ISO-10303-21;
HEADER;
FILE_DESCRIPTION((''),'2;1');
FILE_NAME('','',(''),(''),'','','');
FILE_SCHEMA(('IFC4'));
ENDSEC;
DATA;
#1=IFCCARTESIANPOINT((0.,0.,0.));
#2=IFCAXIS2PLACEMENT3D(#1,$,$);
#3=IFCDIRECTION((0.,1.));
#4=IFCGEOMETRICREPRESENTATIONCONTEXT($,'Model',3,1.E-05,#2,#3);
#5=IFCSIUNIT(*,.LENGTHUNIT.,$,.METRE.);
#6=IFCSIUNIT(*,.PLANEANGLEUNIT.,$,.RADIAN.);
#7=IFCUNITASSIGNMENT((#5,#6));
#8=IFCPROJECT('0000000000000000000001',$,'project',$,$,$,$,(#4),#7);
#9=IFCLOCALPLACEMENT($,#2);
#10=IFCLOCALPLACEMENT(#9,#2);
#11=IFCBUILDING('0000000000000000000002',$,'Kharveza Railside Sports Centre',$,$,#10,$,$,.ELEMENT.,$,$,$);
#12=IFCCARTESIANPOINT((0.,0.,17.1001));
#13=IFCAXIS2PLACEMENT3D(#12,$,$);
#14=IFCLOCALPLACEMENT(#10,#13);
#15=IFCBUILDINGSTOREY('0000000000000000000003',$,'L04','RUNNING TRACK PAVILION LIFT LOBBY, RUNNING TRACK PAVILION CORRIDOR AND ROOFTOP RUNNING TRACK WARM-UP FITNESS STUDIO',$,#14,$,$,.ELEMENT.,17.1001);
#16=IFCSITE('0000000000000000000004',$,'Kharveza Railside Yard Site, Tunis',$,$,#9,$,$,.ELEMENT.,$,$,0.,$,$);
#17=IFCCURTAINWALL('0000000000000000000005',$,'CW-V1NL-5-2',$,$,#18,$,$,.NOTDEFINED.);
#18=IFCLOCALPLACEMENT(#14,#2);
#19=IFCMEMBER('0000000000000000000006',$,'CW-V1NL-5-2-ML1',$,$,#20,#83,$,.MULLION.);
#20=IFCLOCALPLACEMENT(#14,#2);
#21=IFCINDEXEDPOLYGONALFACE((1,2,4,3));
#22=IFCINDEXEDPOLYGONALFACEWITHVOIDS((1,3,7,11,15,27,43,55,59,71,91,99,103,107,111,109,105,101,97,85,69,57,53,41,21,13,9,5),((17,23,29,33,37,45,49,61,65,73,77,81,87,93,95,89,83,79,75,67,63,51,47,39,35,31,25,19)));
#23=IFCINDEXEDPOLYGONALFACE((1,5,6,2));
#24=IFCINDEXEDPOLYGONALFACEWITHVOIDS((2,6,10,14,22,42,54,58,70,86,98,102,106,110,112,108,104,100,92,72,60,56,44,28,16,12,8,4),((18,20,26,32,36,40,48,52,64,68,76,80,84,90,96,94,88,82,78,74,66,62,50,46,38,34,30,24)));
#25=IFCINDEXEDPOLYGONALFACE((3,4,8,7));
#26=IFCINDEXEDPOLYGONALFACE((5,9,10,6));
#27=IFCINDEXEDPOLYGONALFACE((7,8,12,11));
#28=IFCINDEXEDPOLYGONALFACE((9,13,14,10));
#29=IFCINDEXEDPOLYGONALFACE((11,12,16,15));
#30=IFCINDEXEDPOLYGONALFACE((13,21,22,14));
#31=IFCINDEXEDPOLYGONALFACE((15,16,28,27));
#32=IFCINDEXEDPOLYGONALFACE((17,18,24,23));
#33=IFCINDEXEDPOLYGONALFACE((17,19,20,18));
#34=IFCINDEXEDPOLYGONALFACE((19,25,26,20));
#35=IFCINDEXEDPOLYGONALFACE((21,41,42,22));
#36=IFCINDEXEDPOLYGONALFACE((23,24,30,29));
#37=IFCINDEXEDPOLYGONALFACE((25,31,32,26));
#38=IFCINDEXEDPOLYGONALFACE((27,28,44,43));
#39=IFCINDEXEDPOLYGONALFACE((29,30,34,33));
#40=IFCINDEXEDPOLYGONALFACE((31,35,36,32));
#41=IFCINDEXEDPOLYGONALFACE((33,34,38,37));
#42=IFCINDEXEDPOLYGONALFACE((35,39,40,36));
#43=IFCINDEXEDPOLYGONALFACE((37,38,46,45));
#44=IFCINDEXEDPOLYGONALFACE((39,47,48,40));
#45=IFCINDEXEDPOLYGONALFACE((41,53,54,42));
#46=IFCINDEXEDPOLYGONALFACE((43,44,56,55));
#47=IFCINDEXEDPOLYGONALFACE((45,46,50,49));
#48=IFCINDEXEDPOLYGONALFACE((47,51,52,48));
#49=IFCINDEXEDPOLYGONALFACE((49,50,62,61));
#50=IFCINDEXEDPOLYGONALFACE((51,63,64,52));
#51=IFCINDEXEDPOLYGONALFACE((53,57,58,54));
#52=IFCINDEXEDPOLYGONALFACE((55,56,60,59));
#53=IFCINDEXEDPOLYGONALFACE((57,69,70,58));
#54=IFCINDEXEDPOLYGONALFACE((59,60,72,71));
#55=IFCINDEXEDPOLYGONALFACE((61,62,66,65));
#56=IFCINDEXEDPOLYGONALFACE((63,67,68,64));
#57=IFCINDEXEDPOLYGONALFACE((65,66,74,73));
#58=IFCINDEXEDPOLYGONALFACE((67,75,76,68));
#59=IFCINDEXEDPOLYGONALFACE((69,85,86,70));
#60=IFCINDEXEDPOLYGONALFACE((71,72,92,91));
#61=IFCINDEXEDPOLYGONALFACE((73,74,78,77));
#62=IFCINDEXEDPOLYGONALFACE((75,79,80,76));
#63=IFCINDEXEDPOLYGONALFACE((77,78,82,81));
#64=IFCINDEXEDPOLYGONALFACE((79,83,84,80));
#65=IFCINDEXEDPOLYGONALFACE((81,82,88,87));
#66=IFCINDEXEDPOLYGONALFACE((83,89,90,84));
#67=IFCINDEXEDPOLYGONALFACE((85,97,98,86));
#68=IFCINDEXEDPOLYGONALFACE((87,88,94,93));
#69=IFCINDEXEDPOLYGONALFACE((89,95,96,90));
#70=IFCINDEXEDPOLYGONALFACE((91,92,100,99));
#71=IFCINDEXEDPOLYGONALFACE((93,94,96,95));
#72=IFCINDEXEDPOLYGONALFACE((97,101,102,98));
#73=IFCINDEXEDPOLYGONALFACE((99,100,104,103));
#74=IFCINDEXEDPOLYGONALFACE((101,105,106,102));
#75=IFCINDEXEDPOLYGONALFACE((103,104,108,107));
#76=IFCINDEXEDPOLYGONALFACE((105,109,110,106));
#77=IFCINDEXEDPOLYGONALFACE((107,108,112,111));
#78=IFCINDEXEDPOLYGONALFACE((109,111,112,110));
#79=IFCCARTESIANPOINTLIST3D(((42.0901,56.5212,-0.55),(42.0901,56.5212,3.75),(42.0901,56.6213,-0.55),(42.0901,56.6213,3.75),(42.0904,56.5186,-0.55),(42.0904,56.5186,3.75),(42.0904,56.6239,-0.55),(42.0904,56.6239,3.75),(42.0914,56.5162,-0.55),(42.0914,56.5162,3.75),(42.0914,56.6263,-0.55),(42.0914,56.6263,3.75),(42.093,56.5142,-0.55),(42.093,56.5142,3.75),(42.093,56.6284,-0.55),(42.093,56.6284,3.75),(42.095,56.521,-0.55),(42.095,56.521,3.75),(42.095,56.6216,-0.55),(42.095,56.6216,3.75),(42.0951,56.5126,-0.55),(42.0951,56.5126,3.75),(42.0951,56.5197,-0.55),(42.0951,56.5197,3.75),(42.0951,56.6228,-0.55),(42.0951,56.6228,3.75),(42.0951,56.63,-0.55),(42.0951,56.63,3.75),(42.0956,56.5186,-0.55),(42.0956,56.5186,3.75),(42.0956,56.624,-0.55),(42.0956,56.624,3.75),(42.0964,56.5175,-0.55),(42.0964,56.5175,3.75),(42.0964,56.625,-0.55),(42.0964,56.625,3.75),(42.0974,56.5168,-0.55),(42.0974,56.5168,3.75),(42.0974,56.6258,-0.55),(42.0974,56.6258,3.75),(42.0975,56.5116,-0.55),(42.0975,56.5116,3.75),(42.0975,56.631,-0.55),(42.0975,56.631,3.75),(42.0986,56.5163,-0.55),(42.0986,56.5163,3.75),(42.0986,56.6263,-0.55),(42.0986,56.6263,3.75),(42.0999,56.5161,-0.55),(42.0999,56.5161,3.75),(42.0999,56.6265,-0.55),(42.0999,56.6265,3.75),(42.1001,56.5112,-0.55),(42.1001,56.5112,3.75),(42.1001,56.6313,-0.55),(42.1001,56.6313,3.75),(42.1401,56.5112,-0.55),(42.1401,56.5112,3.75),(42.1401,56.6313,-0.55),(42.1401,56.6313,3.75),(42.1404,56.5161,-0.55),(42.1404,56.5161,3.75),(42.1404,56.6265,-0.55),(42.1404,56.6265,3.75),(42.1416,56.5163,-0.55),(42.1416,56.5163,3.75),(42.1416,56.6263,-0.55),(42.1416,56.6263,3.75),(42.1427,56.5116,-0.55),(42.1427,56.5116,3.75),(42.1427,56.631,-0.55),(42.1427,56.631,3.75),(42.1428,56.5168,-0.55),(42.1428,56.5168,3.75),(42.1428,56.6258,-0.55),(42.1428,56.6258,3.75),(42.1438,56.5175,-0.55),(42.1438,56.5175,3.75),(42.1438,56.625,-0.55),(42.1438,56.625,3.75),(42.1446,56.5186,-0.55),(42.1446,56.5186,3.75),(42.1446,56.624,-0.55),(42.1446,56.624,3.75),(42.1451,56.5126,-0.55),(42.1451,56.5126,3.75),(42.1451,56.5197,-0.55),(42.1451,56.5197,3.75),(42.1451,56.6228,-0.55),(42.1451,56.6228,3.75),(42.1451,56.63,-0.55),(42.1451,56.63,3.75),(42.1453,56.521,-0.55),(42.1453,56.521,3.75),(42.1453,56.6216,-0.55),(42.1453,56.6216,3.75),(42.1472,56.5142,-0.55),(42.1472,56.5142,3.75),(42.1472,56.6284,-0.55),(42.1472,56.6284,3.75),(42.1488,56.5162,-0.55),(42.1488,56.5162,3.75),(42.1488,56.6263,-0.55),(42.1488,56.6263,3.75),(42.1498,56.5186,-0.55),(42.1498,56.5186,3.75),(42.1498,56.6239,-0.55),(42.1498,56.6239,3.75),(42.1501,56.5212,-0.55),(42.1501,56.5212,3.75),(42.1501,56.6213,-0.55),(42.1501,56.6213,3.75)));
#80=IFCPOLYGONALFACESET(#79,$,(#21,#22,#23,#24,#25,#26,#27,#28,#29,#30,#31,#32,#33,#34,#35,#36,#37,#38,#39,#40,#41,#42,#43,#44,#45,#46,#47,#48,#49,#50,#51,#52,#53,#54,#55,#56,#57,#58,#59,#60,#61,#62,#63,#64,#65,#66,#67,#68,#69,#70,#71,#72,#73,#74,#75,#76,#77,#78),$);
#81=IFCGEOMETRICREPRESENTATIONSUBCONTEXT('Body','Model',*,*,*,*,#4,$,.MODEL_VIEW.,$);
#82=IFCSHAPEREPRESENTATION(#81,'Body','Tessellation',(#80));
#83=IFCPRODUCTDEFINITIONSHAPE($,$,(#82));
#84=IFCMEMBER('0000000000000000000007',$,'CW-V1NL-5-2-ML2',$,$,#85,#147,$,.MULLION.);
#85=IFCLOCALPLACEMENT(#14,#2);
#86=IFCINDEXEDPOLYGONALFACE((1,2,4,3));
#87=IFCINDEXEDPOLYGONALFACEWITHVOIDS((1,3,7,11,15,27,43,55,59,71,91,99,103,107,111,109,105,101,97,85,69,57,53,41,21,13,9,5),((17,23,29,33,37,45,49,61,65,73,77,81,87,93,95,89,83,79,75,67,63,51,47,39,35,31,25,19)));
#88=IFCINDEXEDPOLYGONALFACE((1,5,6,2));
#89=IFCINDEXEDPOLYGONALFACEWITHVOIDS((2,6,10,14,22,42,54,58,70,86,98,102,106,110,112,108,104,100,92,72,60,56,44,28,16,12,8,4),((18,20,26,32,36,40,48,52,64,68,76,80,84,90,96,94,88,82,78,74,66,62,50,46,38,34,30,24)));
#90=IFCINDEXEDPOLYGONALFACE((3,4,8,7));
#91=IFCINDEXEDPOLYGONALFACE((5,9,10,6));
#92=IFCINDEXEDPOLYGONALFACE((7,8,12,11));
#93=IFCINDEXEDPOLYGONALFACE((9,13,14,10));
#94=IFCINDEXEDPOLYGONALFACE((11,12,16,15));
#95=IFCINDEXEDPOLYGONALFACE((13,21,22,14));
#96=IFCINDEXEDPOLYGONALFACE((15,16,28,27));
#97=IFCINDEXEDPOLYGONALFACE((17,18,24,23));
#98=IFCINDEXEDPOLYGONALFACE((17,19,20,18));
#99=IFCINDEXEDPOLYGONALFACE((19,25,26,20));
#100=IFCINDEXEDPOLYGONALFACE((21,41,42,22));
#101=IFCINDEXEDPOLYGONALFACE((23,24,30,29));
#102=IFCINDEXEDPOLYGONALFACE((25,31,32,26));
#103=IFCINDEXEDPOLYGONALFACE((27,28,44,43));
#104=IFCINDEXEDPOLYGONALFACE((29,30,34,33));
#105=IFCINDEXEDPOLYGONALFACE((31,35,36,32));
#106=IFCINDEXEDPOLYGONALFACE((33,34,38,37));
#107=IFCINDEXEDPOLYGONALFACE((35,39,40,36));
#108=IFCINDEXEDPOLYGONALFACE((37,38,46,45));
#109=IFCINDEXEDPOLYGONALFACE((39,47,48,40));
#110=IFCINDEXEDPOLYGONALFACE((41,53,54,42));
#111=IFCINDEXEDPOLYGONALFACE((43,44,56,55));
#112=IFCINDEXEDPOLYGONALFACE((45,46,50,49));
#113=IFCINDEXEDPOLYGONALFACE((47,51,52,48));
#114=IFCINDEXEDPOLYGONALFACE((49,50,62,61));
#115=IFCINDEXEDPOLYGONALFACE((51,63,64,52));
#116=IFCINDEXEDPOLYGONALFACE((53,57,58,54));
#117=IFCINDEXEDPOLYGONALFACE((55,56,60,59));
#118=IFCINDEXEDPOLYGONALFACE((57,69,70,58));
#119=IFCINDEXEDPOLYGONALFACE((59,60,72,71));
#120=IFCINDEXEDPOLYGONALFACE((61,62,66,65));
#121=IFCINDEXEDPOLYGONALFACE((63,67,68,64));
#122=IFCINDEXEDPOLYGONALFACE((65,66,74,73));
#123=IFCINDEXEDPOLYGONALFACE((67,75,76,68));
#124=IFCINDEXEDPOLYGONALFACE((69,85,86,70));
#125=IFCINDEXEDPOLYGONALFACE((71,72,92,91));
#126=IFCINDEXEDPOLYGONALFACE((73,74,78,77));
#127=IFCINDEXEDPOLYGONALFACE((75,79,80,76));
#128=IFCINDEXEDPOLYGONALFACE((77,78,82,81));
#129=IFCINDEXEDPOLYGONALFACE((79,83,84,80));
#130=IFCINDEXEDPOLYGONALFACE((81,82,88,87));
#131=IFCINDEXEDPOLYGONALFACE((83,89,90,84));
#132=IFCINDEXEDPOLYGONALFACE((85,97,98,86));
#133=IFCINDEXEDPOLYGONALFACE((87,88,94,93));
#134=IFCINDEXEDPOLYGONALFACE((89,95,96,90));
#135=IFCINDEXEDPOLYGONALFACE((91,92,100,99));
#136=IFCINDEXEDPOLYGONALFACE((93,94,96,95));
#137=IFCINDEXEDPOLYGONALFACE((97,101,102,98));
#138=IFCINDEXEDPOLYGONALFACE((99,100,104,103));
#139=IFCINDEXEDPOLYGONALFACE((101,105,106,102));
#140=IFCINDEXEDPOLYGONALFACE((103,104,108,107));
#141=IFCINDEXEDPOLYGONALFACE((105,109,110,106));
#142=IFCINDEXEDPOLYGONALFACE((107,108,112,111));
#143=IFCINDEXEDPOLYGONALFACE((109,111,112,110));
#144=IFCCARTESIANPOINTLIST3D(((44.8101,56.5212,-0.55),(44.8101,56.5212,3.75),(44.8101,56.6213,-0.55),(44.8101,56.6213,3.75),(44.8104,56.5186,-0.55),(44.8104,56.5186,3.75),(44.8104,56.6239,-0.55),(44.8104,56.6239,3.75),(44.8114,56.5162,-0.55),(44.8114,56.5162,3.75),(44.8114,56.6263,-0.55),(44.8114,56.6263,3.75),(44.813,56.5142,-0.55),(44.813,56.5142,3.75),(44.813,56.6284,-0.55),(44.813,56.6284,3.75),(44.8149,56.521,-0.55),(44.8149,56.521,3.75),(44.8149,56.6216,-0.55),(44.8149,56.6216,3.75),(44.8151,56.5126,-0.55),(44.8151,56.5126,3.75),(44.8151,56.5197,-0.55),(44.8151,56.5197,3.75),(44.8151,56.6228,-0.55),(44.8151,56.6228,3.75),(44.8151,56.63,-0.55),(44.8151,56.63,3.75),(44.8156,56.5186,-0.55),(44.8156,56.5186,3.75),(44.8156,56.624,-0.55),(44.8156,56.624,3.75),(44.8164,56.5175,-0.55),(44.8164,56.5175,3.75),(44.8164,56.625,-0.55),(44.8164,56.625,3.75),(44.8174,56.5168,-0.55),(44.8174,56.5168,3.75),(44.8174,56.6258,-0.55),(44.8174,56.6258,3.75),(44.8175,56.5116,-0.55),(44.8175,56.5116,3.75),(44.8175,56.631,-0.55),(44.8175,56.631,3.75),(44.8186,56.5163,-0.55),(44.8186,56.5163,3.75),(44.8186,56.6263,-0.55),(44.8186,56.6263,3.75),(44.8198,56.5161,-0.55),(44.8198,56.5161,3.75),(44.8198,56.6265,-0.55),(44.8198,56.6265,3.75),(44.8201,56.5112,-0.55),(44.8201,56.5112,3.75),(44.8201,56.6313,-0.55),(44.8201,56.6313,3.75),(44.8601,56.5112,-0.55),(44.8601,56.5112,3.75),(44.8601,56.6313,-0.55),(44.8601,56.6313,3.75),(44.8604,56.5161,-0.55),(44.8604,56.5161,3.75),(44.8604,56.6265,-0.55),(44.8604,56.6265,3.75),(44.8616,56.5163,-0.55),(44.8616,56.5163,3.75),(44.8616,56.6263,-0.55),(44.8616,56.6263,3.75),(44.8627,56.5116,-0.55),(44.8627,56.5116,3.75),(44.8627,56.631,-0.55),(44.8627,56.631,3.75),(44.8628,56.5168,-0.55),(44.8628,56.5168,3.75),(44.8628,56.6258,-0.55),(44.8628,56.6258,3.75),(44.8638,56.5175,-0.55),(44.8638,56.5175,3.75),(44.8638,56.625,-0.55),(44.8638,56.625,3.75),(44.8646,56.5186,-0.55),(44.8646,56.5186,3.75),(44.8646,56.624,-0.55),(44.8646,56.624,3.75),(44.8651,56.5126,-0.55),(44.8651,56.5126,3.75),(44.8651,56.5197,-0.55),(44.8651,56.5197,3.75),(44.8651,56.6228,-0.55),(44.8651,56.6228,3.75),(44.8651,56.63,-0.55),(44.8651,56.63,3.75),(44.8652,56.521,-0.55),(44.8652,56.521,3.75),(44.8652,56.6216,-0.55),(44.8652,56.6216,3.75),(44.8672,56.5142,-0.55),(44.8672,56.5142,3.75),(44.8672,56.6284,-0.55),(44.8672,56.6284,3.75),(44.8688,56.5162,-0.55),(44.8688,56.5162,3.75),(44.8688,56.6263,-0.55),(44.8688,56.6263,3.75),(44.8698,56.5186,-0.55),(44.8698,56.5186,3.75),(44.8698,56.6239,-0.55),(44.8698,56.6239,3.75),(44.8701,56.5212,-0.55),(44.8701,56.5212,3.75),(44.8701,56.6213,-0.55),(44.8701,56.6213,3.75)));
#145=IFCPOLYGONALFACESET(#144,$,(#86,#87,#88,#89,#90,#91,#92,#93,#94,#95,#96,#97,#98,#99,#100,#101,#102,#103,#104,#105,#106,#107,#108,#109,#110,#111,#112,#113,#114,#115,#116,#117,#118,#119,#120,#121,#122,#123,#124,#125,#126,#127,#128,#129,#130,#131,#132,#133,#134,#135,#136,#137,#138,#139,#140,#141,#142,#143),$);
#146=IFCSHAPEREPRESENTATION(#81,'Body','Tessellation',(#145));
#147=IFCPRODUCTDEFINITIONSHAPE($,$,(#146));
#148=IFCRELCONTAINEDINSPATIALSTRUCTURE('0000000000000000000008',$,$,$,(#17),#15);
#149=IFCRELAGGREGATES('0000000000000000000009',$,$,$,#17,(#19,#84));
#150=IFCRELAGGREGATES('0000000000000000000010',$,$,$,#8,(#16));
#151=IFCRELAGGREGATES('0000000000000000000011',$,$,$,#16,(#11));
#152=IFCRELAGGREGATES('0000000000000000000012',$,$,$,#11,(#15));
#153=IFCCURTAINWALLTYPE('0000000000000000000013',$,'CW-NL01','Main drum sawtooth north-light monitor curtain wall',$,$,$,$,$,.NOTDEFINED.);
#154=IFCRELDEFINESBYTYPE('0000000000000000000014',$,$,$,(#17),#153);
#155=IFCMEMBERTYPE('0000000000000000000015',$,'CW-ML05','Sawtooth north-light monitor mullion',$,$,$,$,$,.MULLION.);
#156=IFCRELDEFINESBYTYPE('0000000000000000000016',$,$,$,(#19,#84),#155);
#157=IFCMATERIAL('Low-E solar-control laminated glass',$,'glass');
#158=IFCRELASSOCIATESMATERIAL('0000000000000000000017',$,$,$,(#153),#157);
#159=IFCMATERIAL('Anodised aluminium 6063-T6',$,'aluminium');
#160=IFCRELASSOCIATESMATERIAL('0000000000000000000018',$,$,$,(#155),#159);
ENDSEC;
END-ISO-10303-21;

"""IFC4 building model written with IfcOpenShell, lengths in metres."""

from ifc_helpers import new_model, si_unit, direction, frame, origin, origin_2d, place, context, subcontext, project, spatial, hollow_rectangle, extrude, material, material_profile, profile_set, type_object, element, aggregate, save


model = new_model("IFC4")

# Units and contexts
model_context = context("Model", 3, precision=1e-05, world=origin(), true_north=direction((0.0, 1.0)))
body_context = subcontext(model_context, "Body", "Model", "MODEL_VIEW")
ifc_project = project(units=[si_unit("LENGTHUNIT", "METRE"), si_unit("PLANEANGLEUNIT", "RADIAN")], contexts=[model_context])

# Site, building, storey
site_placement = place(None, origin())
site = spatial("IfcSite", under=ifc_project, at=site_placement, Name="Kharveza Railside Yard Site, Tunis", CompositionType="ELEMENT", RefElevation=0.0)
building_placement = place(site_placement, origin())
building = spatial("IfcBuilding", under=site, at=building_placement, Name="Kharveza Railside Sports Centre", CompositionType="ELEMENT")
storey_placement = place(building_placement, frame((0.0, 0.0, 17.1001)))
storey = spatial("IfcBuildingStorey", under=building, at=storey_placement, Name="L04", Description="RUNNING TRACK PAVILION LIFT LOBBY, RUNNING TRACK PAVILION CORRIDOR AND ROOFTOP RUNNING TRACK WARM-UP FITNESS STUDIO", CompositionType="ELEMENT", Elevation=17.1001)

# Curtain wall, members
ifc_material_1 = material(Name="Low-E solar-control laminated glass", Category="glass")
curtain_wall_type = type_object("IfcCurtainWallType", Name="CW-NL01", Description="Main drum sawtooth north-light monitor curtain wall", PredefinedType="NOTDEFINED", material=ifc_material_1)
ifc_material_2 = material(Name="Anodised aluminium 6063-T6", Category="aluminium")
ifc_material_profile_1 = material_profile(ifc_material_2, hollow_rectangle(XDim=0.0601, YDim=0.1201, WallThickness=0.0049, InnerFilletRadius=0.0049, OuterFilletRadius=0.01, at=origin_2d()), Name="RHS 60x120x5.0")
ifc_profile_set_1 = profile_set([ifc_material_profile_1], Name="Anodised aluminium 6063-T6")
member_type_1 = type_object("IfcMemberType", Name="CW-ML05", Description="Sawtooth north-light monitor mullion", PredefinedType="MULLION", material=ifc_profile_set_1)
curtain_wall_1_placement = place(storey_placement, origin())
curtain_wall_1 = element("IfcCurtainWall", 1, at=curtain_wall_1_placement, inside=storey, type_object=curtain_wall_type, Name="CW-V1NL-5-2", PredefinedType="NOTDEFINED")
member_1_placement = place(storey_placement, frame((42.1201, 56.5713, -0.55), z_axis=(0.0, 0.0, 1.0), x_axis=(1.0, 0.0, 0.0)))
member_1 = element("IfcMember", 2, at=member_1_placement, type_object=member_type_1, Name="CW-V1NL-5-2-ML1", PredefinedType="MULLION", context=body_context, shape_type="SweptSolid", body=[
    extrude(hollow_rectangle(XDim=0.0601, YDim=0.1201, WallThickness=0.0049, InnerFilletRadius=0.0049, OuterFilletRadius=0.01, at=origin_2d()), origin(), (0.0, 0.0, 1.0), 4.3),
])
member_2_placement = place(storey_placement, frame((44.8401, 56.5713, -0.55), z_axis=(0.0, 0.0, 1.0), x_axis=(1.0, 0.0, 0.0)))
member_2 = element("IfcMember", 3, at=member_2_placement, type_object=member_type_1, Name="CW-V1NL-5-2-ML2", PredefinedType="MULLION", context=body_context, shape_type="SweptSolid", body=[
    extrude(hollow_rectangle(XDim=0.0601, YDim=0.1201, WallThickness=0.0049, InnerFilletRadius=0.0049, OuterFilletRadius=0.01, at=origin_2d()), origin(), (0.0, 0.0, 1.0), 4.3),
])

aggregate(curtain_wall_1, [member_1, member_2])

save(model, "model.ifc")
